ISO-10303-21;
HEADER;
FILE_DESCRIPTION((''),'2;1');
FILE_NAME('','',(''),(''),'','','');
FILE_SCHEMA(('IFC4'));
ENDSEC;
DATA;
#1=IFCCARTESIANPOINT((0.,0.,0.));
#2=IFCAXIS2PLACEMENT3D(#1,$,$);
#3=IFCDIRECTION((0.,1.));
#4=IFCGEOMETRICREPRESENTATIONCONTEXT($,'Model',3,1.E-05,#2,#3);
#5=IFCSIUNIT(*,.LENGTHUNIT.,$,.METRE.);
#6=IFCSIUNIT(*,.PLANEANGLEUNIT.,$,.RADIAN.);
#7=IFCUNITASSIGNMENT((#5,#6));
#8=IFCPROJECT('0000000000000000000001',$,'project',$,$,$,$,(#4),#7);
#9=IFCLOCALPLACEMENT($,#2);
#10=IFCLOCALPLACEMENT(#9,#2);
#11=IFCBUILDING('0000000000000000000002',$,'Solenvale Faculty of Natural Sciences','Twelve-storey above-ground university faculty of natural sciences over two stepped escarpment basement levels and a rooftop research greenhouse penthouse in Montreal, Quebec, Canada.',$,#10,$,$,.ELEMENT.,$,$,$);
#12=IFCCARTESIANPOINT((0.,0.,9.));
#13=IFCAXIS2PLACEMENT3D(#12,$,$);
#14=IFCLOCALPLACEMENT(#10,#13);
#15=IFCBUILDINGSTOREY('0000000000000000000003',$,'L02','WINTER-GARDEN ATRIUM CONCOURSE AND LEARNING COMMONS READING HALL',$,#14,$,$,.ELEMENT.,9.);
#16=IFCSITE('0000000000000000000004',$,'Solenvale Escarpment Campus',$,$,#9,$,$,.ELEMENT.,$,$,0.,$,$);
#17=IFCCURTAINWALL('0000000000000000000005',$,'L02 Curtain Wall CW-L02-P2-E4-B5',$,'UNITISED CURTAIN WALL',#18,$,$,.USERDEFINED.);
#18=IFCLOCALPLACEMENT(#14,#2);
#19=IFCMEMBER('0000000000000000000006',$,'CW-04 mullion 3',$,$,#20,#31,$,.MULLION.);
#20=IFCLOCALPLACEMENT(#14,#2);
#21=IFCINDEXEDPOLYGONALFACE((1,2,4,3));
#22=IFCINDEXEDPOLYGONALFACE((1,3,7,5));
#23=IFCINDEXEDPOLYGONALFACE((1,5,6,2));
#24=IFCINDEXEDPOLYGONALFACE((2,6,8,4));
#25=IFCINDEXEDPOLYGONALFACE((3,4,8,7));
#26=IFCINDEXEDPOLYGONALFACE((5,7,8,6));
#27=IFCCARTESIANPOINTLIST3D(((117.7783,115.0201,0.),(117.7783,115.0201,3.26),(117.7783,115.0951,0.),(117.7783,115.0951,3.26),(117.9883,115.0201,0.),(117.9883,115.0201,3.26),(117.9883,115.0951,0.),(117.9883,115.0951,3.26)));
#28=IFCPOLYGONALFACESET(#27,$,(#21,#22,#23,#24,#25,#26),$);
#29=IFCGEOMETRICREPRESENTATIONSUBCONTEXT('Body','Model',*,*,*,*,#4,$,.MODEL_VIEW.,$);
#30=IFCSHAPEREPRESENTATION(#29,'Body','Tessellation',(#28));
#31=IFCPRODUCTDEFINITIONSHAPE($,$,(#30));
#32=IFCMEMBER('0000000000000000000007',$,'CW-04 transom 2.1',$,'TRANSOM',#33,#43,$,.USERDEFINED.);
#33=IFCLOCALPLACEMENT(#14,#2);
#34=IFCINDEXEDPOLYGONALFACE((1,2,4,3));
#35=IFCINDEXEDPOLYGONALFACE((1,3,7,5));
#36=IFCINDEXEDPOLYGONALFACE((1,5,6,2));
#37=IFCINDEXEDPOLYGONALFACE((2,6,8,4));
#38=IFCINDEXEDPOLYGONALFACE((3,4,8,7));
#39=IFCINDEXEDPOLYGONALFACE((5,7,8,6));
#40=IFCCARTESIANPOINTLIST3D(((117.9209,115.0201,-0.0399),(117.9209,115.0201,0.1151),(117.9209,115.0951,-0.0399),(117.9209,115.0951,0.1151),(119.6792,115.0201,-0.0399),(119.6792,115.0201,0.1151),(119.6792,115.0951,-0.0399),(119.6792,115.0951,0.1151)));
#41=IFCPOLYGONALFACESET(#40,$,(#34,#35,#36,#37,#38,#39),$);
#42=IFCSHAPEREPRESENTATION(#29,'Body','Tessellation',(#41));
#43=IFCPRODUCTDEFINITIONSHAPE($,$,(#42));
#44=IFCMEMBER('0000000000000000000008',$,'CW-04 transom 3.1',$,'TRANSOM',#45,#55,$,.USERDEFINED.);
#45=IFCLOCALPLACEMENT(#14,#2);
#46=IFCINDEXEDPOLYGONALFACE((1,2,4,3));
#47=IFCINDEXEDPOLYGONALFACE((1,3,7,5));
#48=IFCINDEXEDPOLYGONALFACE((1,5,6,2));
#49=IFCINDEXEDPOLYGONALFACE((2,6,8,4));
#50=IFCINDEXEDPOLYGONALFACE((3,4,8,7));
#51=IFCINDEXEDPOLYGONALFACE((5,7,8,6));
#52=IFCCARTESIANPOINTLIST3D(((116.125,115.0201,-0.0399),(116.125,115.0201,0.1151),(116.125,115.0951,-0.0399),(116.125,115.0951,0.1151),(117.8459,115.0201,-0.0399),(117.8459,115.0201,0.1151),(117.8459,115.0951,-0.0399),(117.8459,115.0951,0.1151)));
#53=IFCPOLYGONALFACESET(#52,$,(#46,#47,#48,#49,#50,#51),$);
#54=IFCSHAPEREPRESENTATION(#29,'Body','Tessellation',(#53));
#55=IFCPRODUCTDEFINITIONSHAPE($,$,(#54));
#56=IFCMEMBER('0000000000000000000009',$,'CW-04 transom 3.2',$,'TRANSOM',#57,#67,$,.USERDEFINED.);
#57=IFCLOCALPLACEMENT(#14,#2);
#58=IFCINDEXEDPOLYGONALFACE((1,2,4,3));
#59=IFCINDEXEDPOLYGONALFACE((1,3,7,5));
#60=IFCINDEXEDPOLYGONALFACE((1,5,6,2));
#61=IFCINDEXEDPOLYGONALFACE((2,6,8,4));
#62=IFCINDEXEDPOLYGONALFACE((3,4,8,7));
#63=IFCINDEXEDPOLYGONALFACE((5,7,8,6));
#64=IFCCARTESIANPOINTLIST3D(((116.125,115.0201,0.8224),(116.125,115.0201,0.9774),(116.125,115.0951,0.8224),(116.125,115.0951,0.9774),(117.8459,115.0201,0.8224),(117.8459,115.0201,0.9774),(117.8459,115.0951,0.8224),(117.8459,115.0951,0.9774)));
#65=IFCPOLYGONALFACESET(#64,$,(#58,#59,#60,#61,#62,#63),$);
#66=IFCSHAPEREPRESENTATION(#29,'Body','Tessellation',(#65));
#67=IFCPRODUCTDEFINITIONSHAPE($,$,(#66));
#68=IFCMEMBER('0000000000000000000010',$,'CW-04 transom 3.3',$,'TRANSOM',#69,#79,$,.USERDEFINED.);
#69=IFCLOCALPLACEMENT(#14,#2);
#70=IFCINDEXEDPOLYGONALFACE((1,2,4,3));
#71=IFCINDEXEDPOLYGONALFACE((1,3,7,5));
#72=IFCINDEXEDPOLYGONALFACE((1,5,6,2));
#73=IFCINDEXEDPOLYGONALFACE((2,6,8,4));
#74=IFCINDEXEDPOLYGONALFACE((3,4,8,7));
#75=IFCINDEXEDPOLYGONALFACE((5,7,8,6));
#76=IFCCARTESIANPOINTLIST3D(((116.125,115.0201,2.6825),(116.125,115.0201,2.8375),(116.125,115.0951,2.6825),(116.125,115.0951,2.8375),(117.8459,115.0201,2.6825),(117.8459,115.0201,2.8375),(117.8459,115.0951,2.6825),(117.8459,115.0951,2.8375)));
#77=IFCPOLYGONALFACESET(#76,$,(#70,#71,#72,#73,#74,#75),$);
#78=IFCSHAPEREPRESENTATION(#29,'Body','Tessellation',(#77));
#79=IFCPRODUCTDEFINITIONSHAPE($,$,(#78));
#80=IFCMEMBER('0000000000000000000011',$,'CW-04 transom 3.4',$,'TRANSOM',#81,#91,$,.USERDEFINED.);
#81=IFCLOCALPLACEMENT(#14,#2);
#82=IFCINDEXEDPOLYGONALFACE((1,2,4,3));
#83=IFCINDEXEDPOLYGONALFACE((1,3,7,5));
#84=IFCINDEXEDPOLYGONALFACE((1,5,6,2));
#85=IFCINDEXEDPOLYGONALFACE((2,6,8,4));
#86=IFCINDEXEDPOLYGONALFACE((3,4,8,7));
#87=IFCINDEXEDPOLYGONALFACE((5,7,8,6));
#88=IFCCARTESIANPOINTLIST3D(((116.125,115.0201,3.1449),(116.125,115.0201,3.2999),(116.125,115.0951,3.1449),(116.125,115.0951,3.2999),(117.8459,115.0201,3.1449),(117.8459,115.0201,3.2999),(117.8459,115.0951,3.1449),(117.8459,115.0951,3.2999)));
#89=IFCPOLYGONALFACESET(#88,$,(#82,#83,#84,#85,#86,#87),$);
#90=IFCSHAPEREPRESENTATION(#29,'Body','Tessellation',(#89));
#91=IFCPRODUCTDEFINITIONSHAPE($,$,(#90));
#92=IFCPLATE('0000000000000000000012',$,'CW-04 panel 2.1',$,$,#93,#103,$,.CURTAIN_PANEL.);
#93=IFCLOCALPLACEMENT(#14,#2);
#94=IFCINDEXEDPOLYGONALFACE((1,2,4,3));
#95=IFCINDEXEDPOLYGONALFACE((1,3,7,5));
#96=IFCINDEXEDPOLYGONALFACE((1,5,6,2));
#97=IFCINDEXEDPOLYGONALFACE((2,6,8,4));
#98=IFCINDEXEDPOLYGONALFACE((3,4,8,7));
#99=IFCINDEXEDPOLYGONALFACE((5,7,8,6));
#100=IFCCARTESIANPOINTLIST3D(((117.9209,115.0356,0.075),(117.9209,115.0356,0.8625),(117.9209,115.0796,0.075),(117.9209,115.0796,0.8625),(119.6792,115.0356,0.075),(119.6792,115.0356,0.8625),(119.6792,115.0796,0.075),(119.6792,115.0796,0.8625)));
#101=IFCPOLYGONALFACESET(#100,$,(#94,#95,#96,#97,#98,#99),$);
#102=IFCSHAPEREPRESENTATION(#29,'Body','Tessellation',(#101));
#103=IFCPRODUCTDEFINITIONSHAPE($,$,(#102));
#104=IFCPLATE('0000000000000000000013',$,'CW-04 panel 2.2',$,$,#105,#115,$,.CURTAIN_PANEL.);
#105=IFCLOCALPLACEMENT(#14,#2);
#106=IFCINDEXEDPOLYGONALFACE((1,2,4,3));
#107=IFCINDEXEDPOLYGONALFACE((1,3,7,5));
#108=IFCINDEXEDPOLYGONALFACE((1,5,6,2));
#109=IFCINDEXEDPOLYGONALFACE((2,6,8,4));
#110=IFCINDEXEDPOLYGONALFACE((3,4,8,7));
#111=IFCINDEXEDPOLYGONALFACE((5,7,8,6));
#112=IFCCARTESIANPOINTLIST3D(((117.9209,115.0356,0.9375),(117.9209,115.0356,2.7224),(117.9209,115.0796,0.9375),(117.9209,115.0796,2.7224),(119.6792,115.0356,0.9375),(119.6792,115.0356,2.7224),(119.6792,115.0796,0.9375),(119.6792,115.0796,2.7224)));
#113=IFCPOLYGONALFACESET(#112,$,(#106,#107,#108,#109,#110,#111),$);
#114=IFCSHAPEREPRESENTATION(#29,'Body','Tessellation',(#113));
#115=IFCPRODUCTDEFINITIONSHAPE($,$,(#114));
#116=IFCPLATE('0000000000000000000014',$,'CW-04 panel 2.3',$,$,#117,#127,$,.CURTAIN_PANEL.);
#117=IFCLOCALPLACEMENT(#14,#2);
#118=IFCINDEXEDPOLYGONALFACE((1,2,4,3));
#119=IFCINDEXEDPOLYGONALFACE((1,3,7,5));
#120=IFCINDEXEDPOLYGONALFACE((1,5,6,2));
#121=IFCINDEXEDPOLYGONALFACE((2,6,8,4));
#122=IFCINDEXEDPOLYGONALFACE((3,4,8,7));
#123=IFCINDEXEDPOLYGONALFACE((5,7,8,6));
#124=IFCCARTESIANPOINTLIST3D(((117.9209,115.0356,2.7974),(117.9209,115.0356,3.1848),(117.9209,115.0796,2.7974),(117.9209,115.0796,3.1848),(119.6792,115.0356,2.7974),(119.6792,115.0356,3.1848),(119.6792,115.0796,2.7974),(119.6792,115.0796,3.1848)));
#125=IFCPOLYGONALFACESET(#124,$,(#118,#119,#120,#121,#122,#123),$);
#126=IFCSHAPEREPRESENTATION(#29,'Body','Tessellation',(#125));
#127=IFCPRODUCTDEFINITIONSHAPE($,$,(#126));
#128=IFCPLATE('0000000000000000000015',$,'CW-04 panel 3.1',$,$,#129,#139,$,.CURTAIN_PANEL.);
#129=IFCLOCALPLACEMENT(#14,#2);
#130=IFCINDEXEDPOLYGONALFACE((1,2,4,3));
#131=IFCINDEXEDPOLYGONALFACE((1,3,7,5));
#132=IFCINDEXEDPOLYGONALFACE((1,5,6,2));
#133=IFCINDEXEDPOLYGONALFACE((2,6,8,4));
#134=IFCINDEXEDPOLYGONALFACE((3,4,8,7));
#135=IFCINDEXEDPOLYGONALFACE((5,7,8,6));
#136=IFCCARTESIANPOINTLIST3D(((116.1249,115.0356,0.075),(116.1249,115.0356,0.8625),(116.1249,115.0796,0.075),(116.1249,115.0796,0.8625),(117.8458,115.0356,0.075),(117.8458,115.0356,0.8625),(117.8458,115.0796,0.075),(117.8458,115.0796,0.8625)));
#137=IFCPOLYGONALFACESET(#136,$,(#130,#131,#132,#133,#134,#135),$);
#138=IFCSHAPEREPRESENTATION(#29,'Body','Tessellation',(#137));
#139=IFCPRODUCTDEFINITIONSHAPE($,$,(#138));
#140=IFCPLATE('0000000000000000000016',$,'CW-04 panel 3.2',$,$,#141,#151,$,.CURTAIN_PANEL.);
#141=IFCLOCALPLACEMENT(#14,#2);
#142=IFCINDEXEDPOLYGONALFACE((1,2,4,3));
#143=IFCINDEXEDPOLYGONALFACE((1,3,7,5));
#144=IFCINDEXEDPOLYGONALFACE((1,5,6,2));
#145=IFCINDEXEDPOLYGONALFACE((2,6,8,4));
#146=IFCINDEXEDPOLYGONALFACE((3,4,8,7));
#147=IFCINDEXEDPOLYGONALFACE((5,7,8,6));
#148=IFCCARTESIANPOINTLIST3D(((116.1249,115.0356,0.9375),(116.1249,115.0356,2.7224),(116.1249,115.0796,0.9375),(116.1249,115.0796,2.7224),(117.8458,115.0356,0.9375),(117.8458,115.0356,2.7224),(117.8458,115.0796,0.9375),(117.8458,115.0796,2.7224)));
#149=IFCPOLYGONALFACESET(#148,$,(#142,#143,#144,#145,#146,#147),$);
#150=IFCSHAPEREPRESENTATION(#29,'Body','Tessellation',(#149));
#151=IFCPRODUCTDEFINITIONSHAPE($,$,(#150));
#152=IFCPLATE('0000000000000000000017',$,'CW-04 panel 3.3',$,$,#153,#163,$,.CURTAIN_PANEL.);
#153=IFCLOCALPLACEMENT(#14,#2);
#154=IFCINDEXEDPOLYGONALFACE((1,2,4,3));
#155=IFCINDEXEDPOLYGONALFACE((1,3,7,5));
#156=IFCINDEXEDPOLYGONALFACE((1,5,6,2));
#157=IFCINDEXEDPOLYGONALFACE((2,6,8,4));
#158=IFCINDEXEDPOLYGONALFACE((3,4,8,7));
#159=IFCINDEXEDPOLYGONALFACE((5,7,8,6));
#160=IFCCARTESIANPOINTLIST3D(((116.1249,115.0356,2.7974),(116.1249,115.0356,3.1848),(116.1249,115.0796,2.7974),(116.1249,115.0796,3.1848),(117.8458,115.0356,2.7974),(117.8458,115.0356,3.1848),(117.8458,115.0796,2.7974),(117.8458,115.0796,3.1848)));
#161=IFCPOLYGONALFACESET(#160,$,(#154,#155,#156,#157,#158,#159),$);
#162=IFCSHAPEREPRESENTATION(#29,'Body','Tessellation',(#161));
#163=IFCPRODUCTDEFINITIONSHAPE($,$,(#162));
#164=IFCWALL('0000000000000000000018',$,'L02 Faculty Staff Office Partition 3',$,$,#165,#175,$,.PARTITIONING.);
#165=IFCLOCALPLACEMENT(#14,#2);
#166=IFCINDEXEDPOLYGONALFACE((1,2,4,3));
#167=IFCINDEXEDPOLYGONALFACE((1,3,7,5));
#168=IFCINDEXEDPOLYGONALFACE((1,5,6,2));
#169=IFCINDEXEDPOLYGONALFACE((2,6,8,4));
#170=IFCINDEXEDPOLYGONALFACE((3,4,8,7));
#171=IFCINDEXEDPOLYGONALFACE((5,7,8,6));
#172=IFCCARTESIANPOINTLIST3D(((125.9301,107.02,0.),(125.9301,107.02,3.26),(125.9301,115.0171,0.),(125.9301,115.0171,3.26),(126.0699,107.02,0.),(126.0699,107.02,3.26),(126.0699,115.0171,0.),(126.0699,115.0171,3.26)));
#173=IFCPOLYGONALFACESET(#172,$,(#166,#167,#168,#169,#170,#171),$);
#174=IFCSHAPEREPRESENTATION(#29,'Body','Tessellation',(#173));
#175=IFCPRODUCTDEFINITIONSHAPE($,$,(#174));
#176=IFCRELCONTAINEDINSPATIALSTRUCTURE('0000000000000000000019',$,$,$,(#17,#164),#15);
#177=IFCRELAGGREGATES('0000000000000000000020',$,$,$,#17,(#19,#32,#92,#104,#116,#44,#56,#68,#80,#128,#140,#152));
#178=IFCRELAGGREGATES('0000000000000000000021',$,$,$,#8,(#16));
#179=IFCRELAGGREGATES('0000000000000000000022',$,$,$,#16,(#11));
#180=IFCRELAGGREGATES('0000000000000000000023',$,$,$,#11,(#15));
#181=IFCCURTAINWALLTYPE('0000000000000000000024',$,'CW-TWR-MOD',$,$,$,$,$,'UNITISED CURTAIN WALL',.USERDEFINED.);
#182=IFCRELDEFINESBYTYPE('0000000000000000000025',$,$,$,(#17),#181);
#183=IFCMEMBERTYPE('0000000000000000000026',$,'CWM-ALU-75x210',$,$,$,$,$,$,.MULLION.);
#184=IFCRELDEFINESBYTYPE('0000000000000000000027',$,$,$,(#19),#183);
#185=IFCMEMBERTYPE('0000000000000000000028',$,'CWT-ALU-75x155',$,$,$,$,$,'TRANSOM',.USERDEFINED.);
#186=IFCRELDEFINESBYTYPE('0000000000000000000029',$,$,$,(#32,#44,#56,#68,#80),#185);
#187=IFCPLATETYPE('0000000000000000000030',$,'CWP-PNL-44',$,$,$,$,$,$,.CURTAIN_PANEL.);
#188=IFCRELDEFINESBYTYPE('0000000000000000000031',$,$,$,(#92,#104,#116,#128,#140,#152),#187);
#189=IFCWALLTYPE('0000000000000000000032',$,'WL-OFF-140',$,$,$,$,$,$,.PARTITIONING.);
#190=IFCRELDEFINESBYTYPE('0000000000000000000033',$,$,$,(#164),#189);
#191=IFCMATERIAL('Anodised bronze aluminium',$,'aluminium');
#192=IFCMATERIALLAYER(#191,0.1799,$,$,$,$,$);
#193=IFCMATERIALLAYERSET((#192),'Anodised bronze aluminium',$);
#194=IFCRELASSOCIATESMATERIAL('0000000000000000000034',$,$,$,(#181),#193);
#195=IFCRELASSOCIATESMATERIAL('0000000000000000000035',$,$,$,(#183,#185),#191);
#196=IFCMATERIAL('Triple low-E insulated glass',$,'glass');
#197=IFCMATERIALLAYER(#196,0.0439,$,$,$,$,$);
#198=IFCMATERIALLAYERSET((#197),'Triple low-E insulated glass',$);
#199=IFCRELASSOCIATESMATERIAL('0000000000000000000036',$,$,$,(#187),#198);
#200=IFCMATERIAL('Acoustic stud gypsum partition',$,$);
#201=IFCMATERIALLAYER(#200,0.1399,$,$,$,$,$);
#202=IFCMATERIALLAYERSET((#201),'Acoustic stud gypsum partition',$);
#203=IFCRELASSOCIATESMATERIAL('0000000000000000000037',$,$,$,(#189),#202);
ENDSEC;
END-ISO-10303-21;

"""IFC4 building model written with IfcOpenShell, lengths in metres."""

from ifc_helpers import new_model, si_unit, direction, frame, frame_2d, origin, origin_2d, place, context, subcontext, project, spatial, rectangle, extrude, material, layer, layer_set, material_profile, profile_set, type_object, element, aggregate, save


model = new_model("IFC4")

# Units and contexts
model_context = context("Model", 3, precision=1e-05, world=origin(), true_north=direction((0.0, 1.0)))
body_context = subcontext(model_context, "Body", "Model", "MODEL_VIEW")
ifc_project = project(units=[si_unit("LENGTHUNIT", "METRE"), si_unit("PLANEANGLEUNIT", "RADIAN")], contexts=[model_context])

# Site, building, storey
site_placement = place(None, origin())
site = spatial("IfcSite", under=ifc_project, at=site_placement, Name="Solenvale Escarpment Campus", CompositionType="ELEMENT", RefElevation=0.0)
building_placement = place(site_placement, origin())
building = spatial("IfcBuilding", under=site, at=building_placement, Name="Solenvale Faculty of Natural Sciences", Description="Twelve-storey above-ground university faculty of natural sciences over two stepped escarpment basement levels and a rooftop research greenhouse penthouse in Montreal, Quebec, Canada.", CompositionType="ELEMENT")
storey_placement = place(building_placement, frame((0.0, 0.0, 9.0)))
storey = spatial("IfcBuildingStorey", under=building, at=storey_placement, Name="L02", Description="WINTER-GARDEN ATRIUM CONCOURSE AND LEARNING COMMONS READING HALL", CompositionType="ELEMENT", Elevation=9.0)

# Curtain wall, members, plates
ifc_material_1 = material(Name="Anodised bronze aluminium", Category="aluminium")
ifc_layer_1 = layer(ifc_material_1, 0.1799)
ifc_layer_set_1 = layer_set([ifc_layer_1], Name="Anodised bronze aluminium")
curtain_wall_type = type_object("IfcCurtainWallType", Name="CW-TWR-MOD", ElementType="UNITISED CURTAIN WALL", PredefinedType="USERDEFINED", material=ifc_layer_set_1)
curtain_wall_placement = place(storey_placement, origin())
curtain_wall = element("IfcCurtainWall", 1, at=curtain_wall_placement, inside=storey, type_object=curtain_wall_type, Name="L02 Curtain Wall CW-L02-P2-E4-B5", ObjectType="UNITISED CURTAIN WALL", PredefinedType="USERDEFINED")
ifc_material_profile_1 = material_profile(ifc_material_1, rectangle(XDim=0.075, YDim=0.21, at=origin_2d()), Name="ALU-MUL-75x210")
ifc_profile_set_1 = profile_set([ifc_material_profile_1], Name="Anodised bronze aluminium")
member_type_1 = type_object("IfcMemberType", Name="CWM-ALU-75x210", PredefinedType="MULLION", material=ifc_profile_set_1)
member_1_placement = place(storey_placement, frame((117.8833, 115.0576, 0.0), z_axis=(0.0, 0.0, 1.0), x_axis=(0.0, -1.0, 0.0)))
member_1 = element("IfcMember", 2, at=member_1_placement, type_object=member_type_1, Name="CW-04 mullion 3", PredefinedType="MULLION", context=body_context, shape_type="SweptSolid", body=[
    extrude(rectangle(XDim=0.075, YDim=0.21, at=origin_2d()), origin(), (0.0, 0.0, 1.0), 3.26),
])
ifc_material_profile_2 = material_profile(ifc_material_1, rectangle(XDim=0.075, YDim=0.155, at=origin_2d()), Name="ALU-TRN-75x155")
ifc_profile_set_2 = profile_set([ifc_material_profile_2], Name="Anodised bronze aluminium")
member_type_2 = type_object("IfcMemberType", Name="CWT-ALU-75x155", ElementType="TRANSOM", PredefinedType="USERDEFINED", material=ifc_profile_set_2)
member_2_placement = place(storey_placement, frame((119.6792, 115.0576, 0.0376), z_axis=(-1.0, 0.0, 0.0), x_axis=(0.0, -1.0, 0.0)))
member_2 = element("IfcMember", 3, at=member_2_placement, type_object=member_type_2, Name="CW-04 transom 2.1", ObjectType="TRANSOM", PredefinedType="USERDEFINED", context=body_context, shape_type="SweptSolid", body=[
    extrude(rectangle(XDim=0.075, YDim=0.155, at=origin_2d()), origin(), (0.0, 0.0, 1.0), 1.7583),
])
member_3_placement = place(storey_placement, frame((117.8459, 115.0576, 0.0376), z_axis=(-1.0, 0.0, 0.0), x_axis=(0.0, -1.0, 0.0)))
member_3 = element("IfcMember", 4, at=member_3_placement, type_object=member_type_2, Name="CW-04 transom 3.1", ObjectType="TRANSOM", PredefinedType="USERDEFINED", context=body_context, shape_type="SweptSolid", body=[
    extrude(rectangle(XDim=0.075, YDim=0.155, at=origin_2d()), origin(), (0.0, 0.0, 1.0), 1.7209),
])
member_4_placement = place(storey_placement, frame((117.8459, 115.0576, 0.8999), z_axis=(-1.0, 0.0, 0.0), x_axis=(0.0, -1.0, 0.0)))
member_4 = element("IfcMember", 5, at=member_4_placement, type_object=member_type_2, Name="CW-04 transom 3.2", ObjectType="TRANSOM", PredefinedType="USERDEFINED", context=body_context, shape_type="SweptSolid", body=[
    extrude(rectangle(XDim=0.075, YDim=0.155, at=origin_2d()), origin(), (0.0, 0.0, 1.0), 1.7209),
])
member_5_placement = place(storey_placement, frame((117.8459, 115.0576, 2.76), z_axis=(-1.0, 0.0, 0.0), x_axis=(0.0, -1.0, 0.0)))
member_5 = element("IfcMember", 6, at=member_5_placement, type_object=member_type_2, Name="CW-04 transom 3.3", ObjectType="TRANSOM", PredefinedType="USERDEFINED", context=body_context, shape_type="SweptSolid", body=[
    extrude(rectangle(XDim=0.075, YDim=0.155, at=origin_2d()), origin(), (0.0, 0.0, 1.0), 1.7209),
])
member_6_placement = place(storey_placement, frame((117.8459, 115.0576, 3.2224), z_axis=(-1.0, 0.0, 0.0), x_axis=(0.0, -1.0, 0.0)))
member_6 = element("IfcMember", 7, at=member_6_placement, type_object=member_type_2, Name="CW-04 transom 3.4", ObjectType="TRANSOM", PredefinedType="USERDEFINED", context=body_context, shape_type="SweptSolid", body=[
    extrude(rectangle(XDim=0.075, YDim=0.155, at=origin_2d()), origin(), (0.0, 0.0, 1.0), 1.7209),
])
ifc_material_2 = material(Name="Triple low-E insulated glass", Category="glass")
ifc_layer_2 = layer(ifc_material_2, 0.0439)
ifc_layer_set_2 = layer_set([ifc_layer_2], Name="Triple low-E insulated glass")
plate_type = type_object("IfcPlateType", Name="CWP-PNL-44", PredefinedType="CURTAIN_PANEL", material=ifc_layer_set_2)
plate_1_placement = place(storey_placement, frame((118.8, 115.0576, 0.075), z_axis=(0.0, 0.0, 1.0), x_axis=(-1.0, 0.0, 0.0)))
plate_1 = element("IfcPlate", 8, at=plate_1_placement, type_object=plate_type, Name="CW-04 panel 2.1", PredefinedType="CURTAIN_PANEL", context=body_context, shape_type="SweptSolid", body=[
    extrude(rectangle(XDim=1.7583, YDim=0.0439, at=origin_2d()), origin(), (0.0, 0.0, 1.0), 0.7876),
])
plate_2_placement = place(storey_placement, frame((118.8, 115.0576, 0.9375), z_axis=(0.0, 0.0, 1.0), x_axis=(-1.0, 0.0, 0.0)))
plate_2 = element("IfcPlate", 9, at=plate_2_placement, type_object=plate_type, Name="CW-04 panel 2.2", PredefinedType="CURTAIN_PANEL", context=body_context, shape_type="SweptSolid", body=[
    extrude(rectangle(XDim=1.7583, YDim=0.0439, at=origin_2d()), origin(), (0.0, 0.0, 1.0), 1.7849),
])
plate_3_placement = place(storey_placement, frame((118.8, 115.0576, 2.7974), z_axis=(0.0, 0.0, 1.0), x_axis=(-1.0, 0.0, 0.0)))
plate_3 = element("IfcPlate", 10, at=plate_3_placement, type_object=plate_type, Name="CW-04 panel 2.3", PredefinedType="CURTAIN_PANEL", context=body_context, shape_type="SweptSolid", body=[
    extrude(rectangle(XDim=1.7583, YDim=0.0439, at=origin_2d()), origin(), (0.0, 0.0, 1.0), 0.3875),
])
plate_4_placement = place(storey_placement, frame((116.9854, 115.0576, 0.075), z_axis=(0.0, 0.0, 1.0), x_axis=(-1.0, 0.0, 0.0)))
plate_4 = element("IfcPlate", 11, at=plate_4_placement, type_object=plate_type, Name="CW-04 panel 3.1", PredefinedType="CURTAIN_PANEL", context=body_context, shape_type="SweptSolid", body=[
    extrude(rectangle(XDim=1.7209, YDim=0.0439, at=origin_2d()), origin(), (0.0, 0.0, 1.0), 0.7876),
])
plate_5_placement = place(storey_placement, frame((116.9854, 115.0576, 0.9375), z_axis=(0.0, 0.0, 1.0), x_axis=(-1.0, 0.0, 0.0)))
plate_5 = element("IfcPlate", 12, at=plate_5_placement, type_object=plate_type, Name="CW-04 panel 3.2", PredefinedType="CURTAIN_PANEL", context=body_context, shape_type="SweptSolid", body=[
    extrude(rectangle(XDim=1.7209, YDim=0.0439, at=origin_2d()), origin(), (0.0, 0.0, 1.0), 1.7849),
])
plate_6_placement = place(storey_placement, frame((116.9854, 115.0576, 2.7974), z_axis=(0.0, 0.0, 1.0), x_axis=(-1.0, 0.0, 0.0)))
plate_6 = element("IfcPlate", 13, at=plate_6_placement, type_object=plate_type, Name="CW-04 panel 3.3", PredefinedType="CURTAIN_PANEL", context=body_context, shape_type="SweptSolid", body=[
    extrude(rectangle(XDim=1.7209, YDim=0.0439, at=origin_2d()), origin(), (0.0, 0.0, 1.0), 0.3875),
])
aggregate(curtain_wall, [member_1, member_2, plate_1, plate_2, plate_3, member_3, member_4, member_5, member_6, plate_4, plate_5, plate_6])

# Wall
ifc_material_3 = material(Name="Acoustic stud gypsum partition")
ifc_layer_3 = layer(ifc_material_3, 0.1399)
ifc_layer_set_3 = layer_set([ifc_layer_3], Name="Acoustic stud gypsum partition")
wall_type_1 = type_object("IfcWallType", Name="WL-OFF-140", PredefinedType="PARTITIONING", material=ifc_layer_set_3)
wall_1_placement = place(storey_placement, frame((126.0, 115.0171, 0.0), z_axis=(0.0, 0.0, 1.0), x_axis=(0.0, -1.0, 0.0)))
element("IfcWall", 14, at=wall_1_placement, inside=storey, type_object=wall_type_1, Name="L02 Faculty Staff Office Partition 3", PredefinedType="PARTITIONING", context=body_context, shape_type="SweptSolid", body=[
    extrude(rectangle(XDim=7.9971, YDim=0.1399, at=frame_2d((3.9985, 0.0))), origin(), (0.0, 0.0, 1.0), 3.26),
])

save(model, "model.ifc")
